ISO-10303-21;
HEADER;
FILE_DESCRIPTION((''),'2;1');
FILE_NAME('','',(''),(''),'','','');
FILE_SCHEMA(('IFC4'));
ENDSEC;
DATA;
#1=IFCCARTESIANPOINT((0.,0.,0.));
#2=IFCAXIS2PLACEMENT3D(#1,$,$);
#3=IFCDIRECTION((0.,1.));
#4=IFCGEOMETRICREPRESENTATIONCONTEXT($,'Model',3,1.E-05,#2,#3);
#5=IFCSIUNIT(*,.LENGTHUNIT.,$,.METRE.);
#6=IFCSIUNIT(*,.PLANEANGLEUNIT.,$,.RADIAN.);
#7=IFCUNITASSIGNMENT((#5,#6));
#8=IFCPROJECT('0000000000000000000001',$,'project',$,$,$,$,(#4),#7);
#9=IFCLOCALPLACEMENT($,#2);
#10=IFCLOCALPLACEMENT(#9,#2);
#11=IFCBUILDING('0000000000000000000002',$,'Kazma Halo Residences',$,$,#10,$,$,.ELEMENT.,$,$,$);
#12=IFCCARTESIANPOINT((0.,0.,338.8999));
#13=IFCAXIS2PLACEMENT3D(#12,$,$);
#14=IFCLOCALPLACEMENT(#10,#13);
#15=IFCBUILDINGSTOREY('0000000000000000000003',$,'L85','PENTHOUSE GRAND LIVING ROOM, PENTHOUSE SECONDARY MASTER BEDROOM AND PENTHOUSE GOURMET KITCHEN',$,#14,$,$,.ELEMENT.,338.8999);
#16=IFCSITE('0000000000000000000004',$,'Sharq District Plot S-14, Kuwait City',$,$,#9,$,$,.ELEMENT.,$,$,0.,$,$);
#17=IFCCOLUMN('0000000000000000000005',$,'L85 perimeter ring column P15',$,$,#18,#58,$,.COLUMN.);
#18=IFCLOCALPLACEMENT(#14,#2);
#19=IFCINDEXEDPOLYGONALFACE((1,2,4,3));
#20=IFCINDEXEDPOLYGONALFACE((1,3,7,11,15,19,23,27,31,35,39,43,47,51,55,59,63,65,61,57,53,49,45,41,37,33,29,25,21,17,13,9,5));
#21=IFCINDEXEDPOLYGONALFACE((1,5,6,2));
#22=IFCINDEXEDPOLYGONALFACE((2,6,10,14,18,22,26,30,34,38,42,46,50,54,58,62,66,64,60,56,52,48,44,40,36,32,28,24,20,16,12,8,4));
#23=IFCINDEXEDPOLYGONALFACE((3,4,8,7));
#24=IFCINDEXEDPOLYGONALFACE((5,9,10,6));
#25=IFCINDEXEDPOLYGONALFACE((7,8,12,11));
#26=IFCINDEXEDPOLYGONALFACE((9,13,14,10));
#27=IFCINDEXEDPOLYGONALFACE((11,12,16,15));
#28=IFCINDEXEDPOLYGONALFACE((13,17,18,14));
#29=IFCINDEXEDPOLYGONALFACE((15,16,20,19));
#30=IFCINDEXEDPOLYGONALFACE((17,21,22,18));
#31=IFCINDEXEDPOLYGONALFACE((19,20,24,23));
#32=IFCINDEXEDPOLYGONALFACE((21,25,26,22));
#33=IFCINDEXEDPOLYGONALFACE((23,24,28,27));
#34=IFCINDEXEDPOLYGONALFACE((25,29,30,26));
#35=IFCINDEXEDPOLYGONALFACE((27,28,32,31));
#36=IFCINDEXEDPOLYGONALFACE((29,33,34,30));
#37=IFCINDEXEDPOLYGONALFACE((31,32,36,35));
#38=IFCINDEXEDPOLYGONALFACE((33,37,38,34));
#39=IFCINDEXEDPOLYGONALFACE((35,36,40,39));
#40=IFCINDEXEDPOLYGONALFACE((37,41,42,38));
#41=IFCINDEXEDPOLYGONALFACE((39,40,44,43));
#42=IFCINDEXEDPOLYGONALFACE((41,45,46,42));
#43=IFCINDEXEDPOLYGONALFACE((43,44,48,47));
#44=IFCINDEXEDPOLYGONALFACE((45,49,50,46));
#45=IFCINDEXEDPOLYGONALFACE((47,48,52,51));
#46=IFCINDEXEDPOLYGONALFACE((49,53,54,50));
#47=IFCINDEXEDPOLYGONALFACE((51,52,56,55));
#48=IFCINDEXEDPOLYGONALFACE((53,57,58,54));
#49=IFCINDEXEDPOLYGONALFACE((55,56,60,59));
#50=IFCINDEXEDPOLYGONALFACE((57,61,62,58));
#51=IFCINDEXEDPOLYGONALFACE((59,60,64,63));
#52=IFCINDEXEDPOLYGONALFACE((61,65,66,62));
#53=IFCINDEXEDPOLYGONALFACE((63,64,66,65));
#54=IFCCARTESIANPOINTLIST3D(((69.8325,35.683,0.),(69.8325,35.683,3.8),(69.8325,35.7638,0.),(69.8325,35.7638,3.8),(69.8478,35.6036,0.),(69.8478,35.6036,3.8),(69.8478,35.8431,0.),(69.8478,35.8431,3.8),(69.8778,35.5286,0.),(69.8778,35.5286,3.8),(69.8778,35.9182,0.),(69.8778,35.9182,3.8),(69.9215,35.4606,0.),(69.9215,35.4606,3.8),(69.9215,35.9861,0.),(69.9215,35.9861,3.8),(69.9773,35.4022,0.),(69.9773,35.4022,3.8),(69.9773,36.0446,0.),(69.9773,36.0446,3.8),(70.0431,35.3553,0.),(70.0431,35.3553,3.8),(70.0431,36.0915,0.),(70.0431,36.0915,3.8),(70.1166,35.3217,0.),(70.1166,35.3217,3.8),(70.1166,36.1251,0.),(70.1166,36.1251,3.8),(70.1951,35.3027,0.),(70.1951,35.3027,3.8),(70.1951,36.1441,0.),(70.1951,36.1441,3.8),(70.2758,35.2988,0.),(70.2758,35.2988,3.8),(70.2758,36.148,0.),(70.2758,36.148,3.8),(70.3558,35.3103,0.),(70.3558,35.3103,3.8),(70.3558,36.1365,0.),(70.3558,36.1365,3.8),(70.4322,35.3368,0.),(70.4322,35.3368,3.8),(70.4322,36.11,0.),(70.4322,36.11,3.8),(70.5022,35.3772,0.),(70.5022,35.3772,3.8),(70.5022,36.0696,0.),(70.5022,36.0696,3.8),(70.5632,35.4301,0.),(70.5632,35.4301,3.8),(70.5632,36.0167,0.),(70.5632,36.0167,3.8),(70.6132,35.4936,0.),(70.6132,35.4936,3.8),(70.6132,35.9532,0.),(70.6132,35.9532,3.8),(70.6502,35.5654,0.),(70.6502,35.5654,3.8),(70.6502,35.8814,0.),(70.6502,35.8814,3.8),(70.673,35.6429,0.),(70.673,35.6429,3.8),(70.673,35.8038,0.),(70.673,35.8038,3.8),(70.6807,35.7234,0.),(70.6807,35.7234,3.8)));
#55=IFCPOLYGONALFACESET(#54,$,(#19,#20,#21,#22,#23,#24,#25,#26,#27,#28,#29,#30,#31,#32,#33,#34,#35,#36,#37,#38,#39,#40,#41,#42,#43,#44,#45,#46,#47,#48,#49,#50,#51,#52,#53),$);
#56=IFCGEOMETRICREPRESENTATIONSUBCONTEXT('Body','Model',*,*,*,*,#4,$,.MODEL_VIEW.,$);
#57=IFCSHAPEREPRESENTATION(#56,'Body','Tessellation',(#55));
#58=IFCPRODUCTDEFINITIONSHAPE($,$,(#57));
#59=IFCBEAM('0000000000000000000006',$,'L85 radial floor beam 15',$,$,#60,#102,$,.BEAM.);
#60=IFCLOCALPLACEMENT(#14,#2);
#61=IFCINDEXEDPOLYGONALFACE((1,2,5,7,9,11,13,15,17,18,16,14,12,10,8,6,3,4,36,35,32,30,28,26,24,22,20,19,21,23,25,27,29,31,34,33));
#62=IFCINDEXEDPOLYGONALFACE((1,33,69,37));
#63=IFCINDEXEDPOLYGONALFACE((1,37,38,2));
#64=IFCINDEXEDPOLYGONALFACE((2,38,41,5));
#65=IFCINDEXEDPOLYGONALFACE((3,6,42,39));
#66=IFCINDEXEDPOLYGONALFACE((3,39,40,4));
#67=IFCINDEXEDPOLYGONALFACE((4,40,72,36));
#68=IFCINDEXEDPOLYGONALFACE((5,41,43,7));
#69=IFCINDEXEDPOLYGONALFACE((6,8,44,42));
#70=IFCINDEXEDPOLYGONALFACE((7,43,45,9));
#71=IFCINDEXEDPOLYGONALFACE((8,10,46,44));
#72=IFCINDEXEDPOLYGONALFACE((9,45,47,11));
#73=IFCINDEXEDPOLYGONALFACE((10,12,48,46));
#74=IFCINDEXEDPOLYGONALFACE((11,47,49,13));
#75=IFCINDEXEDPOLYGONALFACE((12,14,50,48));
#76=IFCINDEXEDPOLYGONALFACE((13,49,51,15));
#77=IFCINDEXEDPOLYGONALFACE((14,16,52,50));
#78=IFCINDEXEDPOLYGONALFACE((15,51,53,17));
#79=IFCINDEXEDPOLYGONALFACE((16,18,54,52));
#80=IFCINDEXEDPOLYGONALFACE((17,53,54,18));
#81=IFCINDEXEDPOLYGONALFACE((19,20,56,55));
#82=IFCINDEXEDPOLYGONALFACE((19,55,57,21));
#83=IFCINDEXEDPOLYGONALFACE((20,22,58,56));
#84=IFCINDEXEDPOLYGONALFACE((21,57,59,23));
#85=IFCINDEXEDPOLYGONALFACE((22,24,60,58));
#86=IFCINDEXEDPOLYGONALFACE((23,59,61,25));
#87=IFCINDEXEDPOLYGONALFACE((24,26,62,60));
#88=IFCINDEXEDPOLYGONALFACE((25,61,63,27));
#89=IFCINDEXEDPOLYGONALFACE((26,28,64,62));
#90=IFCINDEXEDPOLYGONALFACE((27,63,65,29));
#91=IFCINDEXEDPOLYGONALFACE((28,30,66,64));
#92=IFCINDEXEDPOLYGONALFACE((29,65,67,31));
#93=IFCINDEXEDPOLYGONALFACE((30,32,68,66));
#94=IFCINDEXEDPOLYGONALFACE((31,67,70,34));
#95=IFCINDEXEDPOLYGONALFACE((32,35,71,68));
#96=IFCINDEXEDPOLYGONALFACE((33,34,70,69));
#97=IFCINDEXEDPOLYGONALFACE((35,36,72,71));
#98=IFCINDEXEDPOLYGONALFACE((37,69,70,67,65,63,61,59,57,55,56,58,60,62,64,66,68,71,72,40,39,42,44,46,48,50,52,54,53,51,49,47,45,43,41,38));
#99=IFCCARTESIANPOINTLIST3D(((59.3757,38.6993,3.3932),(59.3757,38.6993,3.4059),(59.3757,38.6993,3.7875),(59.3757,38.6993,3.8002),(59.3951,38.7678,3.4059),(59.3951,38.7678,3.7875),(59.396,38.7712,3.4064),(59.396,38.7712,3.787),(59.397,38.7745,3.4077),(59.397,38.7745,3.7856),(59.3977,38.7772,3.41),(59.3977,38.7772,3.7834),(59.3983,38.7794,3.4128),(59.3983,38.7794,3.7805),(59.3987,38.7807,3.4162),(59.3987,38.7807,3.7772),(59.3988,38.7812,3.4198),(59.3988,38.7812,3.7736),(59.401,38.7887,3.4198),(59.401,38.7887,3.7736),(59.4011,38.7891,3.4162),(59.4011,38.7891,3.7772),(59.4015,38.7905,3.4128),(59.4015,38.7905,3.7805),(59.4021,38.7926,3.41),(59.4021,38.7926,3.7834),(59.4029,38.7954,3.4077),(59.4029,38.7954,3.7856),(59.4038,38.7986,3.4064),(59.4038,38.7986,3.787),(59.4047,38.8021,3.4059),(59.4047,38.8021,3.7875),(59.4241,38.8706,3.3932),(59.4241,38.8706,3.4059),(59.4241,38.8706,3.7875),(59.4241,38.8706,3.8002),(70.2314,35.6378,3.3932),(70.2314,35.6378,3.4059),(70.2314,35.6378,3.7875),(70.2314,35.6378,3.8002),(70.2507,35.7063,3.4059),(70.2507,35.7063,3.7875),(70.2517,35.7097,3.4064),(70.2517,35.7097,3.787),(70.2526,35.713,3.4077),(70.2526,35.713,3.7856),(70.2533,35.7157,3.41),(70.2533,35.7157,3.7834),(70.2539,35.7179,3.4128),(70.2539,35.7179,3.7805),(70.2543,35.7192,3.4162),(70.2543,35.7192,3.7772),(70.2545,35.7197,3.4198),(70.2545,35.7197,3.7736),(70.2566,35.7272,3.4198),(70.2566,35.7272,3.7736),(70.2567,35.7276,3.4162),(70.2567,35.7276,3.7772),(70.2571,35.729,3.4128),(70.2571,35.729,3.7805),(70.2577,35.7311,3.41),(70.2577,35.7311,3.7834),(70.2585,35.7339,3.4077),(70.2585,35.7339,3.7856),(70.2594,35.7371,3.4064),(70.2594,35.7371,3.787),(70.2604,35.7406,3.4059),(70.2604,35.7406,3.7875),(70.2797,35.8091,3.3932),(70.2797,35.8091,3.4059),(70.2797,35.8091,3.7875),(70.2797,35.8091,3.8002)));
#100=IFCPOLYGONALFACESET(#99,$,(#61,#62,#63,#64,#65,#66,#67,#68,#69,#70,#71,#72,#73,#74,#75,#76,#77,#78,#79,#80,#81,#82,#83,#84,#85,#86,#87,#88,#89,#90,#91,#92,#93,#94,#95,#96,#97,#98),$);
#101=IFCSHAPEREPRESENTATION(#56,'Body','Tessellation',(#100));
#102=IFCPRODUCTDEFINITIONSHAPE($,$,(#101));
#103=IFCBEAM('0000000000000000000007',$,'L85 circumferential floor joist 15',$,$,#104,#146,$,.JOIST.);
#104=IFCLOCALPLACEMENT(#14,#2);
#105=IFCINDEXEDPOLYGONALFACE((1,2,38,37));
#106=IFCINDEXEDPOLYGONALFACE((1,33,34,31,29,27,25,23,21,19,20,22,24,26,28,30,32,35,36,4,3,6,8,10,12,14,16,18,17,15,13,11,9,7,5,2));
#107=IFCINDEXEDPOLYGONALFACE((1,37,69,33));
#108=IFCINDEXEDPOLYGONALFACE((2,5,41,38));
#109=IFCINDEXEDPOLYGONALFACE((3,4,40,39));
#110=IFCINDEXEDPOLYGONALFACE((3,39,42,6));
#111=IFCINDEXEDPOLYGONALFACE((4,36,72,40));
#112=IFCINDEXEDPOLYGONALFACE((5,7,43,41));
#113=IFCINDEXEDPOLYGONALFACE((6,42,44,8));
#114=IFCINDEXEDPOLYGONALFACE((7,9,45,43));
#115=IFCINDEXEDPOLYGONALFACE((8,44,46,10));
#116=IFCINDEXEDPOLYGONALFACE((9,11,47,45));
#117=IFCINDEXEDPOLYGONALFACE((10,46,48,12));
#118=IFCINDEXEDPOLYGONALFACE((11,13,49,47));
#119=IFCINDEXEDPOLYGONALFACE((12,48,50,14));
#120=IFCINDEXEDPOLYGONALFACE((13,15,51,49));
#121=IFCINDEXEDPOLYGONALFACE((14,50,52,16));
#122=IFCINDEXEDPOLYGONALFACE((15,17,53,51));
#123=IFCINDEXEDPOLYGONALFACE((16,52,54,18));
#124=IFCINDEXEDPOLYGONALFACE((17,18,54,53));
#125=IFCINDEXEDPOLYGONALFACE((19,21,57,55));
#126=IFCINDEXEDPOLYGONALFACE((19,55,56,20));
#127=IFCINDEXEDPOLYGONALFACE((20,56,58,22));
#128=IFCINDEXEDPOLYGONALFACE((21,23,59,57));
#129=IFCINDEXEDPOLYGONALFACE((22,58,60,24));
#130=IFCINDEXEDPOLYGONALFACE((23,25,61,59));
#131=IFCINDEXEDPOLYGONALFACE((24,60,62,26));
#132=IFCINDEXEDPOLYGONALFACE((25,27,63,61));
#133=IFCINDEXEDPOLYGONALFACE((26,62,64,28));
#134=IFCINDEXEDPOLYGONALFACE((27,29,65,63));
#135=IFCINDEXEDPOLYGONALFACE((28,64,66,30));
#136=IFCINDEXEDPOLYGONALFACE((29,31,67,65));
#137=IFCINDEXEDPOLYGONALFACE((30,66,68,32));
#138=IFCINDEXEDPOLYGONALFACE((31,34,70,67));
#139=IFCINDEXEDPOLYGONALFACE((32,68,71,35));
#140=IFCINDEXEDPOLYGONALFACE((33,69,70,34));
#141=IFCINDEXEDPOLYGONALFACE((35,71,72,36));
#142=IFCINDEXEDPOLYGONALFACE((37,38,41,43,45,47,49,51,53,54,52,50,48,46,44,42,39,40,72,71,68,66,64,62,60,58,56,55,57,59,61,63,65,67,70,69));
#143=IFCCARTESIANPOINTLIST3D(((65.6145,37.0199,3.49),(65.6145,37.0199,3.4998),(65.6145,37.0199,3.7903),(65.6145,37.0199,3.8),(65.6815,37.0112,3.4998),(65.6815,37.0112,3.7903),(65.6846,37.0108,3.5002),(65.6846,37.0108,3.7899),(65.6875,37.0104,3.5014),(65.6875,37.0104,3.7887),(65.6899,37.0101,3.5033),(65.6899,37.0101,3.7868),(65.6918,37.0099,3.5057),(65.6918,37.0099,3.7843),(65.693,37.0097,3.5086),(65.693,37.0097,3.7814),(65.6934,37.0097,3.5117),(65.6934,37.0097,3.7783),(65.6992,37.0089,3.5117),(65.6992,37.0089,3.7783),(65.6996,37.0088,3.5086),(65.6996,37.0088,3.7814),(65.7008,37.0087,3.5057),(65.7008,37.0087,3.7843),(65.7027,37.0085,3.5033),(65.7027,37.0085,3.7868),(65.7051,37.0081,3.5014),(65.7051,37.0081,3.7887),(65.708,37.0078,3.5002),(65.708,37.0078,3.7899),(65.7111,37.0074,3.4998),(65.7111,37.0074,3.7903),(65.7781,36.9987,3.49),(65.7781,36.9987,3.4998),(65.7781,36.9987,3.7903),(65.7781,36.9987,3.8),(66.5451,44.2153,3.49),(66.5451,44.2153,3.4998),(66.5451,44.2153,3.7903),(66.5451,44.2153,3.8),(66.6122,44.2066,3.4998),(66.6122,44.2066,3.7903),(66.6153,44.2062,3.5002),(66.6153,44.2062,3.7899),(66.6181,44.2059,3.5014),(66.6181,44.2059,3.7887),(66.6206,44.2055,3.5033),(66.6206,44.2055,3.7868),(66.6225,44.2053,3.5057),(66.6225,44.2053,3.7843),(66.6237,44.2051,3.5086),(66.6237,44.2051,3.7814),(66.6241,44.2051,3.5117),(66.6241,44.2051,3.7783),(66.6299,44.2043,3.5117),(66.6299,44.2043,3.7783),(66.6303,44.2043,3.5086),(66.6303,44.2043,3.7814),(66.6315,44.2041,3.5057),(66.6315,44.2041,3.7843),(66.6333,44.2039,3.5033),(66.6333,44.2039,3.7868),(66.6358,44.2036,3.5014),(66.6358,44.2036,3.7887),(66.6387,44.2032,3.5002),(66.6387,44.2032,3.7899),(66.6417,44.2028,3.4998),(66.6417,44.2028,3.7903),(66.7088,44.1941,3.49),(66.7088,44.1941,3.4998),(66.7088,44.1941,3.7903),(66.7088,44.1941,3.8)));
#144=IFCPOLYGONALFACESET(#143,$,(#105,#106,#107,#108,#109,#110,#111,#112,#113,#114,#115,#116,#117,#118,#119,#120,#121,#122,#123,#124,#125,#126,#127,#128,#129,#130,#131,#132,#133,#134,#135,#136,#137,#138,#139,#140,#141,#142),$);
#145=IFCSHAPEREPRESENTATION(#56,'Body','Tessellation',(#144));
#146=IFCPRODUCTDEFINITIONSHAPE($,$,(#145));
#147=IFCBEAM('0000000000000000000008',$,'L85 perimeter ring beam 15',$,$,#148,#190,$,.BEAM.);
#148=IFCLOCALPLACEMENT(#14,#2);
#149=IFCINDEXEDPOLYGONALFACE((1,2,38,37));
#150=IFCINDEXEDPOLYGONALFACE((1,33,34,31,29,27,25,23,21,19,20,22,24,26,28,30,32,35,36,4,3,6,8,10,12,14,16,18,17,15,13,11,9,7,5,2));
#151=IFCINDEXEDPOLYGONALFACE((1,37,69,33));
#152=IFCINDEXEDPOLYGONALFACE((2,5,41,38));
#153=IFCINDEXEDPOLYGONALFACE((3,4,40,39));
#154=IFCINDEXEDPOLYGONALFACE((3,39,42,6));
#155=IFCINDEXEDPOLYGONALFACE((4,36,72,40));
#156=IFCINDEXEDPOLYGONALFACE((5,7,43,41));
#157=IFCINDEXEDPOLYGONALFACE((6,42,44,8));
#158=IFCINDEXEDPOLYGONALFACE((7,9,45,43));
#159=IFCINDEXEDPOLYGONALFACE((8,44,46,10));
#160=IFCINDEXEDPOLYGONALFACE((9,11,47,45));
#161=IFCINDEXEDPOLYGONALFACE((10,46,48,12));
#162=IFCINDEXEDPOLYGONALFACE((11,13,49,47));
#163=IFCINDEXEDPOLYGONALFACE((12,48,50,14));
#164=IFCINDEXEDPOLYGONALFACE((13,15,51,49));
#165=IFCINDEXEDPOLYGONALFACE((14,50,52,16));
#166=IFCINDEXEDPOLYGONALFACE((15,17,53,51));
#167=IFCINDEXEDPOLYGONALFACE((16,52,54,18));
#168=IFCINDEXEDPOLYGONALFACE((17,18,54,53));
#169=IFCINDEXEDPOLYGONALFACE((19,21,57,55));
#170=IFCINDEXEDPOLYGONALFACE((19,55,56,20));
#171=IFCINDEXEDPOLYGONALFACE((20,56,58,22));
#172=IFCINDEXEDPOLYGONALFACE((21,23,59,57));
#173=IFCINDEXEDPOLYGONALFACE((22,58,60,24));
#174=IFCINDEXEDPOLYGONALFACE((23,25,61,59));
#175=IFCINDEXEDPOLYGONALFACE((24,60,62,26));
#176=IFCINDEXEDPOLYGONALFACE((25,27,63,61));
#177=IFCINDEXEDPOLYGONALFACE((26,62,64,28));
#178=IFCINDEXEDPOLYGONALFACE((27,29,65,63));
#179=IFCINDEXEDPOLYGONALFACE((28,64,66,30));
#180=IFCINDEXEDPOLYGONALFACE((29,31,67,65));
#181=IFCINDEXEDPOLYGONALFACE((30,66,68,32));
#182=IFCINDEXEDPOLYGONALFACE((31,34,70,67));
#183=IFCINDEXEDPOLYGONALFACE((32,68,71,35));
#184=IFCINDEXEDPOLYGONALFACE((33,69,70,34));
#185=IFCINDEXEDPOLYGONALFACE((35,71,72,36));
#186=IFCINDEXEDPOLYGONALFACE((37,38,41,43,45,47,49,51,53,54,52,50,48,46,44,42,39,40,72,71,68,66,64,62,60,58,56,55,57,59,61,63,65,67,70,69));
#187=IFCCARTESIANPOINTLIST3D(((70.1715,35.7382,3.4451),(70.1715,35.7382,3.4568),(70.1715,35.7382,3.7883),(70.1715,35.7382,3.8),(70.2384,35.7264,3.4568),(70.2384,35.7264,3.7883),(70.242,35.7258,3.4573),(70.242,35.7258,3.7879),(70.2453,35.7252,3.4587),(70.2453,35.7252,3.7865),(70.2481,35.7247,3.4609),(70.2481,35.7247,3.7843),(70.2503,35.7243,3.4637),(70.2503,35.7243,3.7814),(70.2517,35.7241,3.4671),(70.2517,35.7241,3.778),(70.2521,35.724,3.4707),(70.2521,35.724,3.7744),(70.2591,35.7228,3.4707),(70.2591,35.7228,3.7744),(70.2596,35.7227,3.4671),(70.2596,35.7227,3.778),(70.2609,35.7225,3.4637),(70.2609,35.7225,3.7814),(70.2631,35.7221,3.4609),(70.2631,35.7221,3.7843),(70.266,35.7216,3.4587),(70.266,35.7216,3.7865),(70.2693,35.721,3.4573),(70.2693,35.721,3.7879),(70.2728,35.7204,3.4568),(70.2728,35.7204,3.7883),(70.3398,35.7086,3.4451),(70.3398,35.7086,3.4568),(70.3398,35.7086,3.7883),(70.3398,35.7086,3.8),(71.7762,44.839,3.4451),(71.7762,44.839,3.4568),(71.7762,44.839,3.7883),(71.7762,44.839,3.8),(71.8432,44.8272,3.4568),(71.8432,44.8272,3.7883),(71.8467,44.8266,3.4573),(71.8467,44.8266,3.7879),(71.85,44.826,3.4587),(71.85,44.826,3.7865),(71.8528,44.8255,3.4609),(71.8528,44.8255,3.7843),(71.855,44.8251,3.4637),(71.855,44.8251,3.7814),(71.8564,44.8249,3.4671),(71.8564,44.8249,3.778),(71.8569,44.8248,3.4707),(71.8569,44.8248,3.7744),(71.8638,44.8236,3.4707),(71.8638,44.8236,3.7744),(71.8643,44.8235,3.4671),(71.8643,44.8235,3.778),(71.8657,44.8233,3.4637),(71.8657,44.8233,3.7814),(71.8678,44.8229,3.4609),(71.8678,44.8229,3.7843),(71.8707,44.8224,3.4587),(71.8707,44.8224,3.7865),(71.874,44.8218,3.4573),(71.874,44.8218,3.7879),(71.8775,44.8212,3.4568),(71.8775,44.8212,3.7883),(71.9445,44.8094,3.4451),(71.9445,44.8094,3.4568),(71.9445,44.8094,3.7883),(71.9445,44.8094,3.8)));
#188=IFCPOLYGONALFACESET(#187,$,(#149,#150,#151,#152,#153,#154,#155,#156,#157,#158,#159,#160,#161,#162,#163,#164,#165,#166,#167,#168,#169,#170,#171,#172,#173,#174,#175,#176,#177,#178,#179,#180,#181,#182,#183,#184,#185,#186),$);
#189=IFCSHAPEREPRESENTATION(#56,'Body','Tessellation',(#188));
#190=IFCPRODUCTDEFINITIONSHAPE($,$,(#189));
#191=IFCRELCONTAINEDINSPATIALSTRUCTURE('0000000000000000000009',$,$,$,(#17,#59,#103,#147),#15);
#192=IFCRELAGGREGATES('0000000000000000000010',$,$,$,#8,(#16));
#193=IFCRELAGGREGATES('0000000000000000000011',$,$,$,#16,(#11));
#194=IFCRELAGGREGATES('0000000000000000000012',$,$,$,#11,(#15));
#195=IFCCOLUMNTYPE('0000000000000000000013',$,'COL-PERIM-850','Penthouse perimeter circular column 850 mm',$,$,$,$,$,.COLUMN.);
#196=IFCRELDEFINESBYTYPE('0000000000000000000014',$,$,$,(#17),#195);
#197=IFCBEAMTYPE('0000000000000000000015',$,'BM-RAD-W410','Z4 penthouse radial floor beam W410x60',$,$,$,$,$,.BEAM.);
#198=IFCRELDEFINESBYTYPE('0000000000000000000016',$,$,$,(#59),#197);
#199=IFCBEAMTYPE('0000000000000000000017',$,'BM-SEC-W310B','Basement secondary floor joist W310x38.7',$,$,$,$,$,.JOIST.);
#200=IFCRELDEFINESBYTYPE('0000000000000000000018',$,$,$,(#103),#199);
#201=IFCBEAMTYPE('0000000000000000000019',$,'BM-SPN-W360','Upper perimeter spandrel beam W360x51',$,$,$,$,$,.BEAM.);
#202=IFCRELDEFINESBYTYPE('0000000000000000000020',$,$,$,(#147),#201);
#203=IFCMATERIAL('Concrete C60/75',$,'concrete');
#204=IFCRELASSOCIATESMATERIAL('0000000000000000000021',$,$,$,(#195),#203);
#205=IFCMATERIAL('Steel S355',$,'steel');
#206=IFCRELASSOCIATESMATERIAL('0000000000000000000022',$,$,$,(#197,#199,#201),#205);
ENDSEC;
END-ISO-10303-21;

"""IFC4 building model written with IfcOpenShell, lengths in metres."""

from ifc_helpers import new_model, si_unit, direction, frame, origin, origin_2d, place, context, subcontext, project, spatial, circle, i_section, extrude, material, material_profile, profile_set, type_object, element, save


model = new_model("IFC4")

# Units and contexts
model_context = context("Model", 3, precision=1e-05, world=origin(), true_north=direction((0.0, 1.0)))
body_context = subcontext(model_context, "Body", "Model", "MODEL_VIEW")
ifc_project = project(units=[si_unit("LENGTHUNIT", "METRE"), si_unit("PLANEANGLEUNIT", "RADIAN")], contexts=[model_context])

# Site, building, storey
site_placement = place(None, origin())
site = spatial("IfcSite", under=ifc_project, at=site_placement, Name="Sharq District Plot S-14, Kuwait City", CompositionType="ELEMENT", RefElevation=0.0)
building_placement = place(site_placement, origin())
building = spatial("IfcBuilding", under=site, at=building_placement, Name="Kazma Halo Residences", CompositionType="ELEMENT")
storey_placement = place(building_placement, frame((0.0, 0.0, 338.8999)))
storey = spatial("IfcBuildingStorey", under=building, at=storey_placement, Name="L85", Description="PENTHOUSE GRAND LIVING ROOM, PENTHOUSE SECONDARY MASTER BEDROOM AND PENTHOUSE GOURMET KITCHEN", CompositionType="ELEMENT", Elevation=338.8999)

# Column
ifc_material_1 = material(Name="Concrete C60/75", Category="concrete")
ifc_material_profile_1 = material_profile(ifc_material_1, circle(Radius=0.425, at=origin_2d()), Name="CIRC850")
ifc_profile_set_1 = profile_set([ifc_material_profile_1], Name="Concrete C60/75")
column_type = type_object("IfcColumnType", Name="COL-PERIM-850", Description="Penthouse perimeter circular column 850 mm", PredefinedType="COLUMN", material=ifc_profile_set_1)
column_placement = place(storey_placement, frame((70.2556, 35.7234, 0.0), z_axis=(0.0, 0.0, 1.0), x_axis=(1.0, 0.0, 0.0)))
element("IfcColumn", 1, at=column_placement, inside=storey, type_object=column_type, Name="L85 perimeter ring column P15", PredefinedType="COLUMN", context=body_context, shape_type="SweptSolid", body=[
    extrude(circle(Radius=0.425, at=origin_2d()), origin(), (0.0, 0.0, 1.0), 3.8),
])

# Beams
ifc_material_2 = material(Name="Steel S355", Category="steel")
ifc_material_profile_2 = material_profile(ifc_material_2, i_section(OverallWidth=0.178, OverallDepth=0.407, WebThickness=0.0078, FlangeThickness=0.0127, FilletRadius=0.0139, at=origin_2d()), Name="W410x60")
ifc_profile_set_2 = profile_set([ifc_material_profile_2], Name="Steel S355")
beam_type_1 = type_object("IfcBeamType", Name="BM-RAD-W410", Description="Z4 penthouse radial floor beam W410x60", PredefinedType="BEAM", material=ifc_profile_set_2)
beam_1_placement = place(storey_placement, frame((59.3999, 38.7849, 3.5967), z_axis=(0.962458, -0.271432, 0.0), x_axis=(0.271432, 0.962458, 0.0)))
element("IfcBeam", 2, at=beam_1_placement, inside=storey, type_object=beam_type_1, Name="L85 radial floor beam 15", PredefinedType="BEAM", context=body_context, shape_type="SweptSolid", body=[
    extrude(i_section(OverallWidth=0.178, OverallDepth=0.407, WebThickness=0.0078, FlangeThickness=0.0127, FilletRadius=0.0139, at=origin_2d()), origin(), (0.0, 0.0, 1.0), 11.2791),
])
ifc_material_profile_3 = material_profile(ifc_material_2, i_section(OverallWidth=0.165, OverallDepth=0.3101, WebThickness=0.0059, FlangeThickness=0.0098, FilletRadius=0.012, at=origin_2d()), Name="W310x38.7")
ifc_profile_set_3 = profile_set([ifc_material_profile_3], Name="Steel S355")
beam_type_2 = type_object("IfcBeamType", Name="BM-SEC-W310B", Description="Basement secondary floor joist W310x38.7", PredefinedType="JOIST", material=ifc_profile_set_3)
beam_2_placement = place(storey_placement, frame((65.6963, 37.0093, 3.645), z_axis=(0.128275, 0.991739, 0.0), x_axis=(-0.991739, 0.128275, 0.0)))
element("IfcBeam", 3, at=beam_2_placement, inside=storey, type_object=beam_type_2, Name="L85 circumferential floor joist 15", PredefinedType="JOIST", context=body_context, shape_type="SweptSolid", body=[
    extrude(i_section(OverallWidth=0.165, OverallDepth=0.3101, WebThickness=0.0059, FlangeThickness=0.0098, FilletRadius=0.012, at=origin_2d()), origin(), (0.0, 0.0, 1.0), 7.2554),
])
ifc_material_profile_4 = material_profile(ifc_material_2, i_section(OverallWidth=0.1709, OverallDepth=0.355, WebThickness=0.0071, FlangeThickness=0.0117, FilletRadius=0.0139, at=origin_2d()), Name="W360x51")
ifc_profile_set_4 = profile_set([ifc_material_profile_4], Name="Steel S355")
beam_type_3 = type_object("IfcBeamType", Name="BM-SPN-W360", Description="Upper perimeter spandrel beam W360x51", PredefinedType="BEAM", material=ifc_profile_set_4)
beam_3_placement = place(storey_placement, frame((70.2556, 35.7234, 3.6226), z_axis=(0.17365, 0.984807, 0.0), x_axis=(-0.984807, 0.17365, 0.0)))
element("IfcBeam", 4, at=beam_3_placement, inside=storey, type_object=beam_type_3, Name="L85 perimeter ring beam 15", PredefinedType="BEAM", context=body_context, shape_type="SweptSolid", body=[
    extrude(i_section(OverallWidth=0.1709, OverallDepth=0.355, WebThickness=0.0071, FlangeThickness=0.0117, FilletRadius=0.0139, at=origin_2d()), origin(), (0.0, 0.0, 1.0), 9.2412),
])

save(model, "model.ifc")
